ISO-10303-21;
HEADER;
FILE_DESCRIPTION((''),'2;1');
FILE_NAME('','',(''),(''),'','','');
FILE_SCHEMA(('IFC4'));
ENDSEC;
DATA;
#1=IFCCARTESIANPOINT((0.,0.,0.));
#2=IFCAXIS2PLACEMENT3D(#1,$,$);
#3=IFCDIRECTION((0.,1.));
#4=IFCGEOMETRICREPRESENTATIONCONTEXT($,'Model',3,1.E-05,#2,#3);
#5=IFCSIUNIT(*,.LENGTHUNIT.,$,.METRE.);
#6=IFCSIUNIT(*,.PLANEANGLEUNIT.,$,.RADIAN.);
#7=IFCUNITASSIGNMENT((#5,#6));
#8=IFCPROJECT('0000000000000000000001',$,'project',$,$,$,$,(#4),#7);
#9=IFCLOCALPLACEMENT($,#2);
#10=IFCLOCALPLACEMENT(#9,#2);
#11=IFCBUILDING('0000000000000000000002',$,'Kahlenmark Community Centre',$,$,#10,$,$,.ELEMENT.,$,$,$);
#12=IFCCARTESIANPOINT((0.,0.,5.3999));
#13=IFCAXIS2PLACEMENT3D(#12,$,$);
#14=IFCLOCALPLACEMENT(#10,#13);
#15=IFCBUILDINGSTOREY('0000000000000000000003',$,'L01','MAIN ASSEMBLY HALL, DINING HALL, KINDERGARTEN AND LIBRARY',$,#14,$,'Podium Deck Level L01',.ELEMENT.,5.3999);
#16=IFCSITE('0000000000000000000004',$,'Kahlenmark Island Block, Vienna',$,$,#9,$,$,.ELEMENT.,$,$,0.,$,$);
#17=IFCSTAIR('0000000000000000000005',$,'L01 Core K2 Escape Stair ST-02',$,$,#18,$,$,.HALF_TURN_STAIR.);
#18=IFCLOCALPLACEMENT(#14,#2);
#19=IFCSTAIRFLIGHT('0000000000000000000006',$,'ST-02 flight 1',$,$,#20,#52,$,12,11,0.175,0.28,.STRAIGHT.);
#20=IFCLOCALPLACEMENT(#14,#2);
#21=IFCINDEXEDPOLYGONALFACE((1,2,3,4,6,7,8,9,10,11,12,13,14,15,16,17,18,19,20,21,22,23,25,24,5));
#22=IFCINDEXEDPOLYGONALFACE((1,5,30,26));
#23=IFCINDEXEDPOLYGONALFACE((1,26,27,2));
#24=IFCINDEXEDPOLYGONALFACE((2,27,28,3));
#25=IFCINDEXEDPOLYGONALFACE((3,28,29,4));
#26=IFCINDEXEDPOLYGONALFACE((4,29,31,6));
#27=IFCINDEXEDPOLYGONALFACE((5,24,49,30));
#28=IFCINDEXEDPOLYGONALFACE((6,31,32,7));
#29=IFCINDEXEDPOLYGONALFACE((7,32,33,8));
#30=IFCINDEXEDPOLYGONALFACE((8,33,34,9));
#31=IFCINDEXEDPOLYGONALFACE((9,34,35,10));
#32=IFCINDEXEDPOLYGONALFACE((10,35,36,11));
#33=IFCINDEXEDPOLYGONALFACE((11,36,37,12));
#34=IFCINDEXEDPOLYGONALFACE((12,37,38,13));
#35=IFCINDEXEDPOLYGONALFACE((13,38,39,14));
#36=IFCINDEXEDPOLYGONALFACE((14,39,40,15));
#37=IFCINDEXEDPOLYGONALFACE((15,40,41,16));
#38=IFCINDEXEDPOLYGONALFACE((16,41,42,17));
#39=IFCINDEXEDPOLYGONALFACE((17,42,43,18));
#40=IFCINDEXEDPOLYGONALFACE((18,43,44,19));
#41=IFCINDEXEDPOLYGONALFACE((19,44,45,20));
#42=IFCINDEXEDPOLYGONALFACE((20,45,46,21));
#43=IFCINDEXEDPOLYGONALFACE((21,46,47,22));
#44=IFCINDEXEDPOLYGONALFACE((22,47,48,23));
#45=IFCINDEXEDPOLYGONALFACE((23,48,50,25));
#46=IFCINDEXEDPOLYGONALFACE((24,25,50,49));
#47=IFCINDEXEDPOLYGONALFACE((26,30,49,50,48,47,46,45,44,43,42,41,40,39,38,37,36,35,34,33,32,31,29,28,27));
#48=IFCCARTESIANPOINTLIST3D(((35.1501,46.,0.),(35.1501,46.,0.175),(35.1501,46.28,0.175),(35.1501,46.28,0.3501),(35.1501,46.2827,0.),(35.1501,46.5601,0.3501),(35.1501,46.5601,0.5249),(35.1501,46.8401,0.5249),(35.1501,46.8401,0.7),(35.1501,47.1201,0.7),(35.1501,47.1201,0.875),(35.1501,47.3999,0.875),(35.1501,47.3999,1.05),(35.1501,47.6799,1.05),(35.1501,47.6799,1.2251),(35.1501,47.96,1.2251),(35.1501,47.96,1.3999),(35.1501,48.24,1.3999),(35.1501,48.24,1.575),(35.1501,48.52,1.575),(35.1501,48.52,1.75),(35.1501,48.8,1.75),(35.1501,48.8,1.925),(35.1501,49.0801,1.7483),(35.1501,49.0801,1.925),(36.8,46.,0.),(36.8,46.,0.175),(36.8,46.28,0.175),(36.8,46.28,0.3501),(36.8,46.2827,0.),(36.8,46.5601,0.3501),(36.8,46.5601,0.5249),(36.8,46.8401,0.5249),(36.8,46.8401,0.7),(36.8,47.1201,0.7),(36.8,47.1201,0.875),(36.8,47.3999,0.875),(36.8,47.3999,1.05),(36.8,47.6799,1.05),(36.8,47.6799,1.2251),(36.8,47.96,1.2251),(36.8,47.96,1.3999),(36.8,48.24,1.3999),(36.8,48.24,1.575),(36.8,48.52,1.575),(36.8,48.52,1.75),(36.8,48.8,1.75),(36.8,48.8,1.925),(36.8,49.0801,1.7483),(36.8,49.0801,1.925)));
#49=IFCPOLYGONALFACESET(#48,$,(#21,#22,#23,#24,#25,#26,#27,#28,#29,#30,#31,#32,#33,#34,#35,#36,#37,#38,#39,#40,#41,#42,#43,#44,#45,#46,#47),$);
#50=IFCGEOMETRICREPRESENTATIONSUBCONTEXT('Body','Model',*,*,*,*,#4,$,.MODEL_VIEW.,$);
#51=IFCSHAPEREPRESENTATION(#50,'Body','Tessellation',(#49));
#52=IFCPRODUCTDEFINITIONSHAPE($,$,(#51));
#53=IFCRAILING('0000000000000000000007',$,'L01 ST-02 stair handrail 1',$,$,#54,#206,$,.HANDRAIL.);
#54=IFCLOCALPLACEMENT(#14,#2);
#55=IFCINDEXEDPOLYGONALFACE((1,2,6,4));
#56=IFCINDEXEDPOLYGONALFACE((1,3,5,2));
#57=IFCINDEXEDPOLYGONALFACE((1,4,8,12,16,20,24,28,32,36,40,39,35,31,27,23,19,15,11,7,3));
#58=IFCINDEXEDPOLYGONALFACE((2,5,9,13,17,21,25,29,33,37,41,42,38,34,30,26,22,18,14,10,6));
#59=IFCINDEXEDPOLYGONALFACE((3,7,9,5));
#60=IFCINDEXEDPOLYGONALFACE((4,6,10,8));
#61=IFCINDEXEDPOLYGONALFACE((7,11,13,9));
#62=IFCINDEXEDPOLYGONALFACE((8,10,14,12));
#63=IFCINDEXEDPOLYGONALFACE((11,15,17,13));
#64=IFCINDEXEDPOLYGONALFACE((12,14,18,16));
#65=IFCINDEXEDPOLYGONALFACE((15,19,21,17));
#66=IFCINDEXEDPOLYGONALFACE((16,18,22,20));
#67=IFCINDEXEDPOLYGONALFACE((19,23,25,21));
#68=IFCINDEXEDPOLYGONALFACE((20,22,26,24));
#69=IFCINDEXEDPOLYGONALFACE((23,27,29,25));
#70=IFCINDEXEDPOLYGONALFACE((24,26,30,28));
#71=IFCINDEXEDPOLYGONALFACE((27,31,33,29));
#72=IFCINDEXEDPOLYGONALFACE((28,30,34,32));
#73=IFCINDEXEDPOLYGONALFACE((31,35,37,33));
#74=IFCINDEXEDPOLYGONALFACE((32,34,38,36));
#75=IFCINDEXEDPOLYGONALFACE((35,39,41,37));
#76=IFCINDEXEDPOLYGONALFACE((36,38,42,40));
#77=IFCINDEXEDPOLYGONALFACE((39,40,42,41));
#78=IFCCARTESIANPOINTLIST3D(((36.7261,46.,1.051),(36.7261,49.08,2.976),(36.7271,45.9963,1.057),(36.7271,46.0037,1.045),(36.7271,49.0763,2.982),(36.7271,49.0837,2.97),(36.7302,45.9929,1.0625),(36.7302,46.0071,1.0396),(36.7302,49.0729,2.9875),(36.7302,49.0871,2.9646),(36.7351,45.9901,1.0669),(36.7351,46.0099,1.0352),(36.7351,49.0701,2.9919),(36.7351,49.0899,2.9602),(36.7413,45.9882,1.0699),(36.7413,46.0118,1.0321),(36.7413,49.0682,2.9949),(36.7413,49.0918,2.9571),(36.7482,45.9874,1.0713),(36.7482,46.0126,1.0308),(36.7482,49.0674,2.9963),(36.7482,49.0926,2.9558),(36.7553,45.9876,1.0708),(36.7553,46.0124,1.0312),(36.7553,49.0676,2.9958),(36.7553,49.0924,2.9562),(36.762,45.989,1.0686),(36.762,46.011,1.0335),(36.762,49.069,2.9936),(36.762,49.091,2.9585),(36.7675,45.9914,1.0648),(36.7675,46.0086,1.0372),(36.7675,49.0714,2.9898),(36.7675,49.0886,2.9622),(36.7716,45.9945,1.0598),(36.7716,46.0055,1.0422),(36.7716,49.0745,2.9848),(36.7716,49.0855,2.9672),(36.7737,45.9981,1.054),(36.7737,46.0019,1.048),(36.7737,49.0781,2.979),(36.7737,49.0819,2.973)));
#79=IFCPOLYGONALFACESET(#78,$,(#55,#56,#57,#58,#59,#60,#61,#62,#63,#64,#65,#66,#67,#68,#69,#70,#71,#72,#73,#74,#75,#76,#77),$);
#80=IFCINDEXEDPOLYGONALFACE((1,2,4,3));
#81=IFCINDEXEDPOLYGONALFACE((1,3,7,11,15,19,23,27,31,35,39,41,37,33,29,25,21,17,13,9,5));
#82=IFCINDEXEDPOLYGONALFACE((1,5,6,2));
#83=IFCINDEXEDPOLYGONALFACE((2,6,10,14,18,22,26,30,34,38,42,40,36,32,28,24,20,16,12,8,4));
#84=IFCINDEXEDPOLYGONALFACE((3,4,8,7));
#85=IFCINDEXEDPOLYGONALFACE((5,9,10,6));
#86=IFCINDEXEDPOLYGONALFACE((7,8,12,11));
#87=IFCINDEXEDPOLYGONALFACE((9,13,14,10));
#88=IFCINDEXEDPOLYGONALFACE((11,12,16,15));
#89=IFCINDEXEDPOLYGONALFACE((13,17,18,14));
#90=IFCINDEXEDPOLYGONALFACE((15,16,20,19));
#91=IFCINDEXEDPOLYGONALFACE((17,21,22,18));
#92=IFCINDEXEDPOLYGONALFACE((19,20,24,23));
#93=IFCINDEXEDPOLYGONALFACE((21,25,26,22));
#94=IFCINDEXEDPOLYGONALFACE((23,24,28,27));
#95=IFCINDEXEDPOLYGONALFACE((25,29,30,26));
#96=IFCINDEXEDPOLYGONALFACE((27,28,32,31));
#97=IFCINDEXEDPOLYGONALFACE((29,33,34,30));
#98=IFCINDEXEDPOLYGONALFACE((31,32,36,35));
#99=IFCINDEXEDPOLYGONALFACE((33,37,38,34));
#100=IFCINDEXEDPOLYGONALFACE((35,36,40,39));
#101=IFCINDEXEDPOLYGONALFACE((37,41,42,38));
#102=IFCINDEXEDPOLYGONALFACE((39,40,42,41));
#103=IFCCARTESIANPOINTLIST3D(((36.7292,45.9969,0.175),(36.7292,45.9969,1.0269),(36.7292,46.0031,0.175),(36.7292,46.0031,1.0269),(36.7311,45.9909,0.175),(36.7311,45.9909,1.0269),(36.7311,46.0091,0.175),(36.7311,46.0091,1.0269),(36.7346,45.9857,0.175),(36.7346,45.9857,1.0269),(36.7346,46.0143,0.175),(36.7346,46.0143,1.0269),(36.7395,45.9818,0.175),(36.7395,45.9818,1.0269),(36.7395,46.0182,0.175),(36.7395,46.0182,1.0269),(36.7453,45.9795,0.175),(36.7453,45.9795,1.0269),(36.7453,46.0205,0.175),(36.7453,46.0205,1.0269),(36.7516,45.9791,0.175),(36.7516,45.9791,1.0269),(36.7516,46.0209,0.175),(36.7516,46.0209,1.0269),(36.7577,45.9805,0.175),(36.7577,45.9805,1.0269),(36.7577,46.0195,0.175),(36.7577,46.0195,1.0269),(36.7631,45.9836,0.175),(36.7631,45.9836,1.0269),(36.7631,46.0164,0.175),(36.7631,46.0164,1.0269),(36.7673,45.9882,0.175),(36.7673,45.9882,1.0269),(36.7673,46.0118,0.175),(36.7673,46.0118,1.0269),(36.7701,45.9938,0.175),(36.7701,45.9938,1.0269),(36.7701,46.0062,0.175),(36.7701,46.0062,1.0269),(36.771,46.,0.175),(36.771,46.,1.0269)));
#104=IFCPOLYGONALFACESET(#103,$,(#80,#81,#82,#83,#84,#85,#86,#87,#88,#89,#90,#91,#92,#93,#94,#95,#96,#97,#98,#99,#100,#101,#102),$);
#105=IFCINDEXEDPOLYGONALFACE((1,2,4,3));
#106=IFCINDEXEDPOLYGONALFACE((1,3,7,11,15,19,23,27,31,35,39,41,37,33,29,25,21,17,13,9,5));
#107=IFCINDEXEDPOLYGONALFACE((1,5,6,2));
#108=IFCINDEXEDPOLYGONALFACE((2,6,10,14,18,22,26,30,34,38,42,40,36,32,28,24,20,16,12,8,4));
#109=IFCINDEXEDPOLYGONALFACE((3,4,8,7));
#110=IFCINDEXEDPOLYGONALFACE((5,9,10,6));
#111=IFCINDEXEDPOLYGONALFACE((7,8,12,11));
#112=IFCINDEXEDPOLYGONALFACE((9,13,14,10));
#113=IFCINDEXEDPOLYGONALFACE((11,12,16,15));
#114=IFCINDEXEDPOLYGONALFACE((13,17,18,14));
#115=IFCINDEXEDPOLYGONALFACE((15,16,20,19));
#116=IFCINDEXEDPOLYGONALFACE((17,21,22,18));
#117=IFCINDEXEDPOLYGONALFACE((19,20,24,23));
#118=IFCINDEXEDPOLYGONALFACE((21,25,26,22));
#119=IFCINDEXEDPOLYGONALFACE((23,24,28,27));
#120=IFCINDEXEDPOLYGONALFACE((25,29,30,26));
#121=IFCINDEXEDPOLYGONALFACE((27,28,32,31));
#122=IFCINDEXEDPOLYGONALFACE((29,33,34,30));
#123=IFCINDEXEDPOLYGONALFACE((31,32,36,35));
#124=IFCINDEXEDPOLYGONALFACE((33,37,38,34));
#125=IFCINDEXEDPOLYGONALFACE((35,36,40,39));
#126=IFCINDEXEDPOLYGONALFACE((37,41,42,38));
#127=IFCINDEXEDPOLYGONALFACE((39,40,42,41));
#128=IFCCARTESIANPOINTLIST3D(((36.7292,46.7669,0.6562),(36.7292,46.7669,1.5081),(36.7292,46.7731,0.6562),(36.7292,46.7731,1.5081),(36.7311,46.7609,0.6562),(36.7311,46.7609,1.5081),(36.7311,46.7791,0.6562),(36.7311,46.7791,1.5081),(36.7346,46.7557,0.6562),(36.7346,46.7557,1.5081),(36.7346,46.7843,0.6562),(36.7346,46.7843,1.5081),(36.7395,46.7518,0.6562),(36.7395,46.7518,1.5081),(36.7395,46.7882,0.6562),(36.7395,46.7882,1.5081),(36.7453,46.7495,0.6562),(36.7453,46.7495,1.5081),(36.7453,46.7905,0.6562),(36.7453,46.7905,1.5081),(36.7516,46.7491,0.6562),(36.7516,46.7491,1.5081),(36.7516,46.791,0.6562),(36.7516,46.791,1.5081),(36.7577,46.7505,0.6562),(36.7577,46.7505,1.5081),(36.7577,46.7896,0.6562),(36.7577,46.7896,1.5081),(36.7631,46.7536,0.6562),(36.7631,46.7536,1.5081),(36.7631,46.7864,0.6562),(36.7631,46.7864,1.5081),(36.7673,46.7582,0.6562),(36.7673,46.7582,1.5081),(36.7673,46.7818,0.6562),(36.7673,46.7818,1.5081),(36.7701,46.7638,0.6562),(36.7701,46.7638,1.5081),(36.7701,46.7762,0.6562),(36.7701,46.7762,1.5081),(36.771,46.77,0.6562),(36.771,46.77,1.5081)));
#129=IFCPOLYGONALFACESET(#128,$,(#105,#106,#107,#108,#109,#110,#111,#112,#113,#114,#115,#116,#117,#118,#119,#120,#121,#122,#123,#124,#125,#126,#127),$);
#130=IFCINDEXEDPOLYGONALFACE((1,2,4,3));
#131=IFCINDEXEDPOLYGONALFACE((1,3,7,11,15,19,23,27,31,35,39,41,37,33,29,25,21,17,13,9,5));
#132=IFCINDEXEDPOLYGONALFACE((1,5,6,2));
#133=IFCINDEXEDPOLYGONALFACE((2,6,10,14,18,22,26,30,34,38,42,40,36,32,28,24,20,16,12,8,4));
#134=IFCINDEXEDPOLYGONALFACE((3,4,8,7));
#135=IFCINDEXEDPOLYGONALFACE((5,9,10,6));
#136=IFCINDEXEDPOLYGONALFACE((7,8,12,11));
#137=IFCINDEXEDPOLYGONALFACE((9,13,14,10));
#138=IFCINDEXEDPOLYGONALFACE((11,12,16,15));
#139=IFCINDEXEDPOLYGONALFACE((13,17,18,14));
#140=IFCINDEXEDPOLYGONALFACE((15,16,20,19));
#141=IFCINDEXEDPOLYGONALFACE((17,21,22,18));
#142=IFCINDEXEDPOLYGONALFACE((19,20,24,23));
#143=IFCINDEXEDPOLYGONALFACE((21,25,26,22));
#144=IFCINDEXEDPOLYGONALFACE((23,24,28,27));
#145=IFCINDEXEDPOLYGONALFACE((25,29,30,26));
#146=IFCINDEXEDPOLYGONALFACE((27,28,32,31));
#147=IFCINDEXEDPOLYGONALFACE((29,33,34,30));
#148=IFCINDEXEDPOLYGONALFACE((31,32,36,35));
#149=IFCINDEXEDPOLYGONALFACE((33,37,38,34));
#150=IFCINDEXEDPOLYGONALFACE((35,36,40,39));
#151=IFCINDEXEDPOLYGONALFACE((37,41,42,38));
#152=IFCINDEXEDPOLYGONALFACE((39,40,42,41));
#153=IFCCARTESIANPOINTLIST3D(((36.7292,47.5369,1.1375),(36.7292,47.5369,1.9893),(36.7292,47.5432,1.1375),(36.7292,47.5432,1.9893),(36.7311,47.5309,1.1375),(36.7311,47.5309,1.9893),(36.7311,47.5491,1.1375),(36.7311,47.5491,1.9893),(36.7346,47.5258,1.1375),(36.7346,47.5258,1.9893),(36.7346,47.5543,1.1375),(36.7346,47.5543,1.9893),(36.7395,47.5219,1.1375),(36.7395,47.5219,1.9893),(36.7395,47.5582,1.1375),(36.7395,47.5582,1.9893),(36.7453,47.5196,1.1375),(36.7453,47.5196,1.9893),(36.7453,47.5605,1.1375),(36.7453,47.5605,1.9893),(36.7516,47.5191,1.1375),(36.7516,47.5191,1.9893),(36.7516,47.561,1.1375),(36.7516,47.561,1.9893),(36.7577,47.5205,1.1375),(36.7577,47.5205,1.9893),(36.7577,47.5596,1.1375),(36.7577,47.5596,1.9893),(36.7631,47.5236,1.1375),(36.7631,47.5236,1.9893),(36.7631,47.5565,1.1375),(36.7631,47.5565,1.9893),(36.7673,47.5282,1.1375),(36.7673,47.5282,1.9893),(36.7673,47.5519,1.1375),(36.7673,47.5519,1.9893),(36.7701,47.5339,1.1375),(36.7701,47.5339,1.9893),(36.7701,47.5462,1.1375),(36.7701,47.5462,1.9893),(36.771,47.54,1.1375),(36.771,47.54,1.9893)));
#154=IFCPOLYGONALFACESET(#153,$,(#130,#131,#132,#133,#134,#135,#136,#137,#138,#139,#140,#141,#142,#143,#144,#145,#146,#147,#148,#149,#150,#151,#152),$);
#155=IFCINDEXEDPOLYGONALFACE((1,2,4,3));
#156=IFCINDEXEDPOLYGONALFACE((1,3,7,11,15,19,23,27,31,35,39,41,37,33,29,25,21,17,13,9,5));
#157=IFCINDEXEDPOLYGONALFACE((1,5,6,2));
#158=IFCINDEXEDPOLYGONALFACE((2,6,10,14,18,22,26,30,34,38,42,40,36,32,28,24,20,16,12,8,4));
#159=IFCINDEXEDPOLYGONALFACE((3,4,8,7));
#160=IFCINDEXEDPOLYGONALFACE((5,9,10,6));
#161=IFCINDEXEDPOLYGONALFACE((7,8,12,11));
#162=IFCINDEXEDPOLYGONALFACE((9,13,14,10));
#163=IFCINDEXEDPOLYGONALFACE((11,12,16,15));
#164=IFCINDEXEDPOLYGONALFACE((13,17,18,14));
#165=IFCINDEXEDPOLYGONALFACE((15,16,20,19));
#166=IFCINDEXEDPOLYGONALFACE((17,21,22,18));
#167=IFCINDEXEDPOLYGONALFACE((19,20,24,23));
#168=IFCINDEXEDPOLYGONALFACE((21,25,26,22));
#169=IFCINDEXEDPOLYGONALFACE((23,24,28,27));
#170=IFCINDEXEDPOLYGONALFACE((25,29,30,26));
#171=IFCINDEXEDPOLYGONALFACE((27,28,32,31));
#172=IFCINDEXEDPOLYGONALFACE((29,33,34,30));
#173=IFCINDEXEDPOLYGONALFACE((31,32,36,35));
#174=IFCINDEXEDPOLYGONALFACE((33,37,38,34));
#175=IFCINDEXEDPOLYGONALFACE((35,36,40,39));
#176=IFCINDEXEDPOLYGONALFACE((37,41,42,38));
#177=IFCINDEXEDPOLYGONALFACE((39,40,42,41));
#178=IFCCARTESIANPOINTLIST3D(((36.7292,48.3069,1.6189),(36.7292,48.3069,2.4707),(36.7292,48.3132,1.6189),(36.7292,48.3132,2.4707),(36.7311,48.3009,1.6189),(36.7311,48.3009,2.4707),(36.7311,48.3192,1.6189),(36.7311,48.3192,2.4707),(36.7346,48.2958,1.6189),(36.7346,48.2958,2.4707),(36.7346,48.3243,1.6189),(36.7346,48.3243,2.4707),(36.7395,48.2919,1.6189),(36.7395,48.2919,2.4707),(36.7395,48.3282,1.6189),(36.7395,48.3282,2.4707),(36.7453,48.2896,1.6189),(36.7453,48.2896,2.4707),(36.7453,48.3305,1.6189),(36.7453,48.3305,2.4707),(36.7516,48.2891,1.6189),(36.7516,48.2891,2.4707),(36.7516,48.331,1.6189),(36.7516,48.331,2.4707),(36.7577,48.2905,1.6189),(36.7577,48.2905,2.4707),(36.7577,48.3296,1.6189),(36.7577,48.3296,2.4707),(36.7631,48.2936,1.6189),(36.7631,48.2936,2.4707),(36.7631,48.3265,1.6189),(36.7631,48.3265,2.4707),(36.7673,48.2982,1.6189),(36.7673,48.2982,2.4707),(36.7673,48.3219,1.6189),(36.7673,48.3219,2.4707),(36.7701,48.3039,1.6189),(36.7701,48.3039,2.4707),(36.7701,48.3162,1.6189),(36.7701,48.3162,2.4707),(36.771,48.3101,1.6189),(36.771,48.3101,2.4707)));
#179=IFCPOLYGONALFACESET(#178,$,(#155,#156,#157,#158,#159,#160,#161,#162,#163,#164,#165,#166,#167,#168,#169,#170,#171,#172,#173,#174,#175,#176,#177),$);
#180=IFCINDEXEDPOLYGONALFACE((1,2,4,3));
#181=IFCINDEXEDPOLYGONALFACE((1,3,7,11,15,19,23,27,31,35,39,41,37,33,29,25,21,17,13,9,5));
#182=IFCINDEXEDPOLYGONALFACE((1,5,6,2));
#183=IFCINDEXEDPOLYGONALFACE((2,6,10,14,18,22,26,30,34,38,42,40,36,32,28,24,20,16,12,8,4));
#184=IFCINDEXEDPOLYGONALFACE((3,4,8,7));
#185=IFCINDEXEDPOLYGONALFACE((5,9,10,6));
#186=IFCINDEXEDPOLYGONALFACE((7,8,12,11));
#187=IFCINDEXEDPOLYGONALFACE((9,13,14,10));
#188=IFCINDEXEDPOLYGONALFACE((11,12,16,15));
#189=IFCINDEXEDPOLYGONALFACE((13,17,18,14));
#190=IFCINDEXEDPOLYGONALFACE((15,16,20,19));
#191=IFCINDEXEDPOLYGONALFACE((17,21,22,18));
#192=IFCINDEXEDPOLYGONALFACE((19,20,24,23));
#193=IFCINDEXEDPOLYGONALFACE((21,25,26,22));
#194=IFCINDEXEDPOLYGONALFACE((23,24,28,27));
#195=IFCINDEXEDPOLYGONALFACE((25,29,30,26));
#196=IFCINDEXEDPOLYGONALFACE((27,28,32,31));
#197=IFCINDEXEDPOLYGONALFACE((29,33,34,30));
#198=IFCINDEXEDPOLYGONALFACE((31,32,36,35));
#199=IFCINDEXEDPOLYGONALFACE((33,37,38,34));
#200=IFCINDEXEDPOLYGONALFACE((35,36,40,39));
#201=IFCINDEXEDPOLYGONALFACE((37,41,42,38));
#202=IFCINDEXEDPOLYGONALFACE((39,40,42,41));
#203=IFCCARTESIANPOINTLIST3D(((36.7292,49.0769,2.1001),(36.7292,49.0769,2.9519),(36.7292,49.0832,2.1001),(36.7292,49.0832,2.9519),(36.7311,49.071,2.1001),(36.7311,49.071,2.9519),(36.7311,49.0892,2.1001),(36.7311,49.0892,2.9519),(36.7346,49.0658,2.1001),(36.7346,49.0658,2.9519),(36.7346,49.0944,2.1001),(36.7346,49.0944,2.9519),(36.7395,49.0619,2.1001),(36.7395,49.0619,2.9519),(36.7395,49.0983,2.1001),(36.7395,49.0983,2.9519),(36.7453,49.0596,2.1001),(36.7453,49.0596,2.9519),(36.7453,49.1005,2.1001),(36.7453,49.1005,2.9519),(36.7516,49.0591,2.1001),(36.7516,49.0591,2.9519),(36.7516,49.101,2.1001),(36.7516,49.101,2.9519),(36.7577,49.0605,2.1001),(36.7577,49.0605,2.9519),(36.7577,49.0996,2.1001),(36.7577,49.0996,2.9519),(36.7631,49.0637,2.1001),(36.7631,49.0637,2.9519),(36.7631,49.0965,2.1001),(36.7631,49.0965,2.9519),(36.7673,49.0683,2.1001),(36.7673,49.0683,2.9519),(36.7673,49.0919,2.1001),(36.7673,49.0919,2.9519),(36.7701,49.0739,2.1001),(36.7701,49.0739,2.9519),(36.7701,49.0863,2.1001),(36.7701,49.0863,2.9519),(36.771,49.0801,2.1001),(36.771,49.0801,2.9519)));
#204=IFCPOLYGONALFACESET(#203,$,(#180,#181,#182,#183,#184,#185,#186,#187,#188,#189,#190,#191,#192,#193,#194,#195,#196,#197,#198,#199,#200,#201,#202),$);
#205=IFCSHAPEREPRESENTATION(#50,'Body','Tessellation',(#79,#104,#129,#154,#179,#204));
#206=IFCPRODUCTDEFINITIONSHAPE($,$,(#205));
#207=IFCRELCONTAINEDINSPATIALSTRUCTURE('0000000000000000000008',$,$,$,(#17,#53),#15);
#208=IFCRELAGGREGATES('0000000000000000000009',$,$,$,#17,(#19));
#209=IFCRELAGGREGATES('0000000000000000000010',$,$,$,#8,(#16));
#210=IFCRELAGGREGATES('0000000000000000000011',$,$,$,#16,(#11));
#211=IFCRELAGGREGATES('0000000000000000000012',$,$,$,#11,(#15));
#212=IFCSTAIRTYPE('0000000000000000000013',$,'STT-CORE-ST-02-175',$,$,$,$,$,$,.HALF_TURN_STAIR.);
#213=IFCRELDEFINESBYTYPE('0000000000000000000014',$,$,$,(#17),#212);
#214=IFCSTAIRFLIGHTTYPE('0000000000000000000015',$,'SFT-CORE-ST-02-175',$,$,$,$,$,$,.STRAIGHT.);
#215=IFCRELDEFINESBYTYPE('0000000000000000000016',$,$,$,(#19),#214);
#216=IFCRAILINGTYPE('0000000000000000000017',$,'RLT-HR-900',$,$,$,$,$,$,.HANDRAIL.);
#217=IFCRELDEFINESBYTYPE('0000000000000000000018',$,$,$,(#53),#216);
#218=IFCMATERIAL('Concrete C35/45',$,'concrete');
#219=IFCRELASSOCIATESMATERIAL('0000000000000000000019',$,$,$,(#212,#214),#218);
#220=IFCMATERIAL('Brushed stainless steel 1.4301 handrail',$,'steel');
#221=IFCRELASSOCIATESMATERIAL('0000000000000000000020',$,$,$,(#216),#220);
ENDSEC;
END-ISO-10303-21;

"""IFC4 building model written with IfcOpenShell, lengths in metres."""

from ifc_helpers import new_model, si_unit, direction, frame, origin, origin_2d, place, context, subcontext, project, spatial, polyline, circle, outline, extrude, material, type_object, element, aggregate, save


model = new_model("IFC4")

# Units and contexts
model_context = context("Model", 3, precision=1e-05, world=origin(), true_north=direction((0.0, 1.0)))
body_context = subcontext(model_context, "Body", "Model", "MODEL_VIEW")
ifc_project = project(units=[si_unit("LENGTHUNIT", "METRE"), si_unit("PLANEANGLEUNIT", "RADIAN")], contexts=[model_context])

# Site, building, storey
site_placement = place(None, origin())
site = spatial("IfcSite", under=ifc_project, at=site_placement, Name="Kahlenmark Island Block, Vienna", CompositionType="ELEMENT", RefElevation=0.0)
building_placement = place(site_placement, origin())
building = spatial("IfcBuilding", under=site, at=building_placement, Name="Kahlenmark Community Centre", CompositionType="ELEMENT")
storey_placement = place(building_placement, frame((0.0, 0.0, 5.3999)))
storey = spatial("IfcBuildingStorey", under=building, at=storey_placement, Name="L01", Description="MAIN ASSEMBLY HALL, DINING HALL, KINDERGARTEN AND LIBRARY", LongName="Podium Deck Level L01", CompositionType="ELEMENT", Elevation=5.3999)

# Shared definitions
ifc_material_1 = material(Name="Concrete C35/45", Category="concrete")

# Stair, stair flight
stair_type = type_object("IfcStairType", Name="STT-CORE-ST-02-175", PredefinedType="HALF_TURN_STAIR", material=ifc_material_1)
stair_placement = place(storey_placement, origin())
stair = element("IfcStair", 1, at=stair_placement, inside=storey, type_object=stair_type, Name="L01 Core K2 Escape Stair ST-02", PredefinedType="HALF_TURN_STAIR")
stair_flight_type = type_object("IfcStairFlightType", Name="SFT-CORE-ST-02-175", PredefinedType="STRAIGHT", material=ifc_material_1)
stair_flight_placement = place(storey_placement, frame((35.9751, 46.0, 0.0), z_axis=(0.0, 0.0, 1.0), x_axis=(0.0, 1.0, 0.0)))
stair_flight = element("IfcStairFlight", 2, at=stair_flight_placement, type_object=stair_flight_type, Name="ST-02 flight 1", NumberOfRisers=12, NumberOfTreads=11, PredefinedType="STRAIGHT", RiserHeight=0.175, TreadLength=0.28, context=body_context, shape_type="SweptSolid", body=[
    extrude(outline(polyline([(0.0, 0.0), (0.0, 0.175), (0.28, 0.175), (0.28, 0.3501), (0.5601, 0.3501), (0.5601, 0.5249), (0.8401, 0.5249), (0.8401, 0.7), (1.1201, 0.7), (1.1201, 0.875), (1.3999, 0.875), (1.3999, 1.05), (1.6799, 1.05), (1.6799, 1.2251), (1.96, 1.2251), (1.96, 1.3999), (2.24, 1.3999), (2.24, 1.575), (2.52, 1.575), (2.52, 1.75), (2.8, 1.75), (2.8, 1.925), (3.0801, 1.925), (3.0801, 2.1001), (3.0801, 1.7483), (0.2827, 0.0), (0.0, 0.0)])), frame((0.0, 0.825, 0.0), z_axis=(0.0, -1.0, 0.0), x_axis=(1.0, 0.0, 0.0)), (0.0, 0.0, 1.0), 1.6499),
])
aggregate(stair, [stair_flight])

# Railing
ifc_material_2 = material(Name="Brushed stainless steel 1.4301 handrail", Category="steel")
railing_type_1 = type_object("IfcRailingType", Name="RLT-HR-900", PredefinedType="HANDRAIL", material=ifc_material_2)
railing_1_placement = place(storey_placement, frame((36.75, 46.0, 0.175)))
element("IfcRailing", 3, at=railing_1_placement, inside=storey, type_object=railing_type_1, Name="L01 ST-02 stair handrail 1", PredefinedType="HANDRAIL", context=body_context, shape_type="SweptSolid", body=[
    extrude(circle(Radius=0.0239, at=origin_2d()), frame((0.0, 0.0, 0.876), z_axis=(0.0, 0.847998, 0.529999), x_axis=(-1.0, 0.0, 0.0)), (0.0, 0.0, 1.0), 3.6321),
    extrude(circle(Radius=0.021, at=origin_2d()), origin(), (0.0, 0.0, 1.0), 0.8518),
    extrude(circle(Radius=0.021, at=origin_2d()), frame((0.0, 0.77, 0.4812)), (0.0, 0.0, 1.0), 0.8518),
    extrude(circle(Radius=0.021, at=origin_2d()), frame((0.0, 1.54, 0.9624)), (0.0, 0.0, 1.0), 0.8518),
    extrude(circle(Radius=0.021, at=origin_2d()), frame((0.0, 2.3101, 1.4438)), (0.0, 0.0, 1.0), 0.8518),
    extrude(circle(Radius=0.021, at=origin_2d()), frame((0.0, 3.0801, 1.925)), (0.0, 0.0, 1.0), 0.8518),
])

save(model, "model.ifc")
